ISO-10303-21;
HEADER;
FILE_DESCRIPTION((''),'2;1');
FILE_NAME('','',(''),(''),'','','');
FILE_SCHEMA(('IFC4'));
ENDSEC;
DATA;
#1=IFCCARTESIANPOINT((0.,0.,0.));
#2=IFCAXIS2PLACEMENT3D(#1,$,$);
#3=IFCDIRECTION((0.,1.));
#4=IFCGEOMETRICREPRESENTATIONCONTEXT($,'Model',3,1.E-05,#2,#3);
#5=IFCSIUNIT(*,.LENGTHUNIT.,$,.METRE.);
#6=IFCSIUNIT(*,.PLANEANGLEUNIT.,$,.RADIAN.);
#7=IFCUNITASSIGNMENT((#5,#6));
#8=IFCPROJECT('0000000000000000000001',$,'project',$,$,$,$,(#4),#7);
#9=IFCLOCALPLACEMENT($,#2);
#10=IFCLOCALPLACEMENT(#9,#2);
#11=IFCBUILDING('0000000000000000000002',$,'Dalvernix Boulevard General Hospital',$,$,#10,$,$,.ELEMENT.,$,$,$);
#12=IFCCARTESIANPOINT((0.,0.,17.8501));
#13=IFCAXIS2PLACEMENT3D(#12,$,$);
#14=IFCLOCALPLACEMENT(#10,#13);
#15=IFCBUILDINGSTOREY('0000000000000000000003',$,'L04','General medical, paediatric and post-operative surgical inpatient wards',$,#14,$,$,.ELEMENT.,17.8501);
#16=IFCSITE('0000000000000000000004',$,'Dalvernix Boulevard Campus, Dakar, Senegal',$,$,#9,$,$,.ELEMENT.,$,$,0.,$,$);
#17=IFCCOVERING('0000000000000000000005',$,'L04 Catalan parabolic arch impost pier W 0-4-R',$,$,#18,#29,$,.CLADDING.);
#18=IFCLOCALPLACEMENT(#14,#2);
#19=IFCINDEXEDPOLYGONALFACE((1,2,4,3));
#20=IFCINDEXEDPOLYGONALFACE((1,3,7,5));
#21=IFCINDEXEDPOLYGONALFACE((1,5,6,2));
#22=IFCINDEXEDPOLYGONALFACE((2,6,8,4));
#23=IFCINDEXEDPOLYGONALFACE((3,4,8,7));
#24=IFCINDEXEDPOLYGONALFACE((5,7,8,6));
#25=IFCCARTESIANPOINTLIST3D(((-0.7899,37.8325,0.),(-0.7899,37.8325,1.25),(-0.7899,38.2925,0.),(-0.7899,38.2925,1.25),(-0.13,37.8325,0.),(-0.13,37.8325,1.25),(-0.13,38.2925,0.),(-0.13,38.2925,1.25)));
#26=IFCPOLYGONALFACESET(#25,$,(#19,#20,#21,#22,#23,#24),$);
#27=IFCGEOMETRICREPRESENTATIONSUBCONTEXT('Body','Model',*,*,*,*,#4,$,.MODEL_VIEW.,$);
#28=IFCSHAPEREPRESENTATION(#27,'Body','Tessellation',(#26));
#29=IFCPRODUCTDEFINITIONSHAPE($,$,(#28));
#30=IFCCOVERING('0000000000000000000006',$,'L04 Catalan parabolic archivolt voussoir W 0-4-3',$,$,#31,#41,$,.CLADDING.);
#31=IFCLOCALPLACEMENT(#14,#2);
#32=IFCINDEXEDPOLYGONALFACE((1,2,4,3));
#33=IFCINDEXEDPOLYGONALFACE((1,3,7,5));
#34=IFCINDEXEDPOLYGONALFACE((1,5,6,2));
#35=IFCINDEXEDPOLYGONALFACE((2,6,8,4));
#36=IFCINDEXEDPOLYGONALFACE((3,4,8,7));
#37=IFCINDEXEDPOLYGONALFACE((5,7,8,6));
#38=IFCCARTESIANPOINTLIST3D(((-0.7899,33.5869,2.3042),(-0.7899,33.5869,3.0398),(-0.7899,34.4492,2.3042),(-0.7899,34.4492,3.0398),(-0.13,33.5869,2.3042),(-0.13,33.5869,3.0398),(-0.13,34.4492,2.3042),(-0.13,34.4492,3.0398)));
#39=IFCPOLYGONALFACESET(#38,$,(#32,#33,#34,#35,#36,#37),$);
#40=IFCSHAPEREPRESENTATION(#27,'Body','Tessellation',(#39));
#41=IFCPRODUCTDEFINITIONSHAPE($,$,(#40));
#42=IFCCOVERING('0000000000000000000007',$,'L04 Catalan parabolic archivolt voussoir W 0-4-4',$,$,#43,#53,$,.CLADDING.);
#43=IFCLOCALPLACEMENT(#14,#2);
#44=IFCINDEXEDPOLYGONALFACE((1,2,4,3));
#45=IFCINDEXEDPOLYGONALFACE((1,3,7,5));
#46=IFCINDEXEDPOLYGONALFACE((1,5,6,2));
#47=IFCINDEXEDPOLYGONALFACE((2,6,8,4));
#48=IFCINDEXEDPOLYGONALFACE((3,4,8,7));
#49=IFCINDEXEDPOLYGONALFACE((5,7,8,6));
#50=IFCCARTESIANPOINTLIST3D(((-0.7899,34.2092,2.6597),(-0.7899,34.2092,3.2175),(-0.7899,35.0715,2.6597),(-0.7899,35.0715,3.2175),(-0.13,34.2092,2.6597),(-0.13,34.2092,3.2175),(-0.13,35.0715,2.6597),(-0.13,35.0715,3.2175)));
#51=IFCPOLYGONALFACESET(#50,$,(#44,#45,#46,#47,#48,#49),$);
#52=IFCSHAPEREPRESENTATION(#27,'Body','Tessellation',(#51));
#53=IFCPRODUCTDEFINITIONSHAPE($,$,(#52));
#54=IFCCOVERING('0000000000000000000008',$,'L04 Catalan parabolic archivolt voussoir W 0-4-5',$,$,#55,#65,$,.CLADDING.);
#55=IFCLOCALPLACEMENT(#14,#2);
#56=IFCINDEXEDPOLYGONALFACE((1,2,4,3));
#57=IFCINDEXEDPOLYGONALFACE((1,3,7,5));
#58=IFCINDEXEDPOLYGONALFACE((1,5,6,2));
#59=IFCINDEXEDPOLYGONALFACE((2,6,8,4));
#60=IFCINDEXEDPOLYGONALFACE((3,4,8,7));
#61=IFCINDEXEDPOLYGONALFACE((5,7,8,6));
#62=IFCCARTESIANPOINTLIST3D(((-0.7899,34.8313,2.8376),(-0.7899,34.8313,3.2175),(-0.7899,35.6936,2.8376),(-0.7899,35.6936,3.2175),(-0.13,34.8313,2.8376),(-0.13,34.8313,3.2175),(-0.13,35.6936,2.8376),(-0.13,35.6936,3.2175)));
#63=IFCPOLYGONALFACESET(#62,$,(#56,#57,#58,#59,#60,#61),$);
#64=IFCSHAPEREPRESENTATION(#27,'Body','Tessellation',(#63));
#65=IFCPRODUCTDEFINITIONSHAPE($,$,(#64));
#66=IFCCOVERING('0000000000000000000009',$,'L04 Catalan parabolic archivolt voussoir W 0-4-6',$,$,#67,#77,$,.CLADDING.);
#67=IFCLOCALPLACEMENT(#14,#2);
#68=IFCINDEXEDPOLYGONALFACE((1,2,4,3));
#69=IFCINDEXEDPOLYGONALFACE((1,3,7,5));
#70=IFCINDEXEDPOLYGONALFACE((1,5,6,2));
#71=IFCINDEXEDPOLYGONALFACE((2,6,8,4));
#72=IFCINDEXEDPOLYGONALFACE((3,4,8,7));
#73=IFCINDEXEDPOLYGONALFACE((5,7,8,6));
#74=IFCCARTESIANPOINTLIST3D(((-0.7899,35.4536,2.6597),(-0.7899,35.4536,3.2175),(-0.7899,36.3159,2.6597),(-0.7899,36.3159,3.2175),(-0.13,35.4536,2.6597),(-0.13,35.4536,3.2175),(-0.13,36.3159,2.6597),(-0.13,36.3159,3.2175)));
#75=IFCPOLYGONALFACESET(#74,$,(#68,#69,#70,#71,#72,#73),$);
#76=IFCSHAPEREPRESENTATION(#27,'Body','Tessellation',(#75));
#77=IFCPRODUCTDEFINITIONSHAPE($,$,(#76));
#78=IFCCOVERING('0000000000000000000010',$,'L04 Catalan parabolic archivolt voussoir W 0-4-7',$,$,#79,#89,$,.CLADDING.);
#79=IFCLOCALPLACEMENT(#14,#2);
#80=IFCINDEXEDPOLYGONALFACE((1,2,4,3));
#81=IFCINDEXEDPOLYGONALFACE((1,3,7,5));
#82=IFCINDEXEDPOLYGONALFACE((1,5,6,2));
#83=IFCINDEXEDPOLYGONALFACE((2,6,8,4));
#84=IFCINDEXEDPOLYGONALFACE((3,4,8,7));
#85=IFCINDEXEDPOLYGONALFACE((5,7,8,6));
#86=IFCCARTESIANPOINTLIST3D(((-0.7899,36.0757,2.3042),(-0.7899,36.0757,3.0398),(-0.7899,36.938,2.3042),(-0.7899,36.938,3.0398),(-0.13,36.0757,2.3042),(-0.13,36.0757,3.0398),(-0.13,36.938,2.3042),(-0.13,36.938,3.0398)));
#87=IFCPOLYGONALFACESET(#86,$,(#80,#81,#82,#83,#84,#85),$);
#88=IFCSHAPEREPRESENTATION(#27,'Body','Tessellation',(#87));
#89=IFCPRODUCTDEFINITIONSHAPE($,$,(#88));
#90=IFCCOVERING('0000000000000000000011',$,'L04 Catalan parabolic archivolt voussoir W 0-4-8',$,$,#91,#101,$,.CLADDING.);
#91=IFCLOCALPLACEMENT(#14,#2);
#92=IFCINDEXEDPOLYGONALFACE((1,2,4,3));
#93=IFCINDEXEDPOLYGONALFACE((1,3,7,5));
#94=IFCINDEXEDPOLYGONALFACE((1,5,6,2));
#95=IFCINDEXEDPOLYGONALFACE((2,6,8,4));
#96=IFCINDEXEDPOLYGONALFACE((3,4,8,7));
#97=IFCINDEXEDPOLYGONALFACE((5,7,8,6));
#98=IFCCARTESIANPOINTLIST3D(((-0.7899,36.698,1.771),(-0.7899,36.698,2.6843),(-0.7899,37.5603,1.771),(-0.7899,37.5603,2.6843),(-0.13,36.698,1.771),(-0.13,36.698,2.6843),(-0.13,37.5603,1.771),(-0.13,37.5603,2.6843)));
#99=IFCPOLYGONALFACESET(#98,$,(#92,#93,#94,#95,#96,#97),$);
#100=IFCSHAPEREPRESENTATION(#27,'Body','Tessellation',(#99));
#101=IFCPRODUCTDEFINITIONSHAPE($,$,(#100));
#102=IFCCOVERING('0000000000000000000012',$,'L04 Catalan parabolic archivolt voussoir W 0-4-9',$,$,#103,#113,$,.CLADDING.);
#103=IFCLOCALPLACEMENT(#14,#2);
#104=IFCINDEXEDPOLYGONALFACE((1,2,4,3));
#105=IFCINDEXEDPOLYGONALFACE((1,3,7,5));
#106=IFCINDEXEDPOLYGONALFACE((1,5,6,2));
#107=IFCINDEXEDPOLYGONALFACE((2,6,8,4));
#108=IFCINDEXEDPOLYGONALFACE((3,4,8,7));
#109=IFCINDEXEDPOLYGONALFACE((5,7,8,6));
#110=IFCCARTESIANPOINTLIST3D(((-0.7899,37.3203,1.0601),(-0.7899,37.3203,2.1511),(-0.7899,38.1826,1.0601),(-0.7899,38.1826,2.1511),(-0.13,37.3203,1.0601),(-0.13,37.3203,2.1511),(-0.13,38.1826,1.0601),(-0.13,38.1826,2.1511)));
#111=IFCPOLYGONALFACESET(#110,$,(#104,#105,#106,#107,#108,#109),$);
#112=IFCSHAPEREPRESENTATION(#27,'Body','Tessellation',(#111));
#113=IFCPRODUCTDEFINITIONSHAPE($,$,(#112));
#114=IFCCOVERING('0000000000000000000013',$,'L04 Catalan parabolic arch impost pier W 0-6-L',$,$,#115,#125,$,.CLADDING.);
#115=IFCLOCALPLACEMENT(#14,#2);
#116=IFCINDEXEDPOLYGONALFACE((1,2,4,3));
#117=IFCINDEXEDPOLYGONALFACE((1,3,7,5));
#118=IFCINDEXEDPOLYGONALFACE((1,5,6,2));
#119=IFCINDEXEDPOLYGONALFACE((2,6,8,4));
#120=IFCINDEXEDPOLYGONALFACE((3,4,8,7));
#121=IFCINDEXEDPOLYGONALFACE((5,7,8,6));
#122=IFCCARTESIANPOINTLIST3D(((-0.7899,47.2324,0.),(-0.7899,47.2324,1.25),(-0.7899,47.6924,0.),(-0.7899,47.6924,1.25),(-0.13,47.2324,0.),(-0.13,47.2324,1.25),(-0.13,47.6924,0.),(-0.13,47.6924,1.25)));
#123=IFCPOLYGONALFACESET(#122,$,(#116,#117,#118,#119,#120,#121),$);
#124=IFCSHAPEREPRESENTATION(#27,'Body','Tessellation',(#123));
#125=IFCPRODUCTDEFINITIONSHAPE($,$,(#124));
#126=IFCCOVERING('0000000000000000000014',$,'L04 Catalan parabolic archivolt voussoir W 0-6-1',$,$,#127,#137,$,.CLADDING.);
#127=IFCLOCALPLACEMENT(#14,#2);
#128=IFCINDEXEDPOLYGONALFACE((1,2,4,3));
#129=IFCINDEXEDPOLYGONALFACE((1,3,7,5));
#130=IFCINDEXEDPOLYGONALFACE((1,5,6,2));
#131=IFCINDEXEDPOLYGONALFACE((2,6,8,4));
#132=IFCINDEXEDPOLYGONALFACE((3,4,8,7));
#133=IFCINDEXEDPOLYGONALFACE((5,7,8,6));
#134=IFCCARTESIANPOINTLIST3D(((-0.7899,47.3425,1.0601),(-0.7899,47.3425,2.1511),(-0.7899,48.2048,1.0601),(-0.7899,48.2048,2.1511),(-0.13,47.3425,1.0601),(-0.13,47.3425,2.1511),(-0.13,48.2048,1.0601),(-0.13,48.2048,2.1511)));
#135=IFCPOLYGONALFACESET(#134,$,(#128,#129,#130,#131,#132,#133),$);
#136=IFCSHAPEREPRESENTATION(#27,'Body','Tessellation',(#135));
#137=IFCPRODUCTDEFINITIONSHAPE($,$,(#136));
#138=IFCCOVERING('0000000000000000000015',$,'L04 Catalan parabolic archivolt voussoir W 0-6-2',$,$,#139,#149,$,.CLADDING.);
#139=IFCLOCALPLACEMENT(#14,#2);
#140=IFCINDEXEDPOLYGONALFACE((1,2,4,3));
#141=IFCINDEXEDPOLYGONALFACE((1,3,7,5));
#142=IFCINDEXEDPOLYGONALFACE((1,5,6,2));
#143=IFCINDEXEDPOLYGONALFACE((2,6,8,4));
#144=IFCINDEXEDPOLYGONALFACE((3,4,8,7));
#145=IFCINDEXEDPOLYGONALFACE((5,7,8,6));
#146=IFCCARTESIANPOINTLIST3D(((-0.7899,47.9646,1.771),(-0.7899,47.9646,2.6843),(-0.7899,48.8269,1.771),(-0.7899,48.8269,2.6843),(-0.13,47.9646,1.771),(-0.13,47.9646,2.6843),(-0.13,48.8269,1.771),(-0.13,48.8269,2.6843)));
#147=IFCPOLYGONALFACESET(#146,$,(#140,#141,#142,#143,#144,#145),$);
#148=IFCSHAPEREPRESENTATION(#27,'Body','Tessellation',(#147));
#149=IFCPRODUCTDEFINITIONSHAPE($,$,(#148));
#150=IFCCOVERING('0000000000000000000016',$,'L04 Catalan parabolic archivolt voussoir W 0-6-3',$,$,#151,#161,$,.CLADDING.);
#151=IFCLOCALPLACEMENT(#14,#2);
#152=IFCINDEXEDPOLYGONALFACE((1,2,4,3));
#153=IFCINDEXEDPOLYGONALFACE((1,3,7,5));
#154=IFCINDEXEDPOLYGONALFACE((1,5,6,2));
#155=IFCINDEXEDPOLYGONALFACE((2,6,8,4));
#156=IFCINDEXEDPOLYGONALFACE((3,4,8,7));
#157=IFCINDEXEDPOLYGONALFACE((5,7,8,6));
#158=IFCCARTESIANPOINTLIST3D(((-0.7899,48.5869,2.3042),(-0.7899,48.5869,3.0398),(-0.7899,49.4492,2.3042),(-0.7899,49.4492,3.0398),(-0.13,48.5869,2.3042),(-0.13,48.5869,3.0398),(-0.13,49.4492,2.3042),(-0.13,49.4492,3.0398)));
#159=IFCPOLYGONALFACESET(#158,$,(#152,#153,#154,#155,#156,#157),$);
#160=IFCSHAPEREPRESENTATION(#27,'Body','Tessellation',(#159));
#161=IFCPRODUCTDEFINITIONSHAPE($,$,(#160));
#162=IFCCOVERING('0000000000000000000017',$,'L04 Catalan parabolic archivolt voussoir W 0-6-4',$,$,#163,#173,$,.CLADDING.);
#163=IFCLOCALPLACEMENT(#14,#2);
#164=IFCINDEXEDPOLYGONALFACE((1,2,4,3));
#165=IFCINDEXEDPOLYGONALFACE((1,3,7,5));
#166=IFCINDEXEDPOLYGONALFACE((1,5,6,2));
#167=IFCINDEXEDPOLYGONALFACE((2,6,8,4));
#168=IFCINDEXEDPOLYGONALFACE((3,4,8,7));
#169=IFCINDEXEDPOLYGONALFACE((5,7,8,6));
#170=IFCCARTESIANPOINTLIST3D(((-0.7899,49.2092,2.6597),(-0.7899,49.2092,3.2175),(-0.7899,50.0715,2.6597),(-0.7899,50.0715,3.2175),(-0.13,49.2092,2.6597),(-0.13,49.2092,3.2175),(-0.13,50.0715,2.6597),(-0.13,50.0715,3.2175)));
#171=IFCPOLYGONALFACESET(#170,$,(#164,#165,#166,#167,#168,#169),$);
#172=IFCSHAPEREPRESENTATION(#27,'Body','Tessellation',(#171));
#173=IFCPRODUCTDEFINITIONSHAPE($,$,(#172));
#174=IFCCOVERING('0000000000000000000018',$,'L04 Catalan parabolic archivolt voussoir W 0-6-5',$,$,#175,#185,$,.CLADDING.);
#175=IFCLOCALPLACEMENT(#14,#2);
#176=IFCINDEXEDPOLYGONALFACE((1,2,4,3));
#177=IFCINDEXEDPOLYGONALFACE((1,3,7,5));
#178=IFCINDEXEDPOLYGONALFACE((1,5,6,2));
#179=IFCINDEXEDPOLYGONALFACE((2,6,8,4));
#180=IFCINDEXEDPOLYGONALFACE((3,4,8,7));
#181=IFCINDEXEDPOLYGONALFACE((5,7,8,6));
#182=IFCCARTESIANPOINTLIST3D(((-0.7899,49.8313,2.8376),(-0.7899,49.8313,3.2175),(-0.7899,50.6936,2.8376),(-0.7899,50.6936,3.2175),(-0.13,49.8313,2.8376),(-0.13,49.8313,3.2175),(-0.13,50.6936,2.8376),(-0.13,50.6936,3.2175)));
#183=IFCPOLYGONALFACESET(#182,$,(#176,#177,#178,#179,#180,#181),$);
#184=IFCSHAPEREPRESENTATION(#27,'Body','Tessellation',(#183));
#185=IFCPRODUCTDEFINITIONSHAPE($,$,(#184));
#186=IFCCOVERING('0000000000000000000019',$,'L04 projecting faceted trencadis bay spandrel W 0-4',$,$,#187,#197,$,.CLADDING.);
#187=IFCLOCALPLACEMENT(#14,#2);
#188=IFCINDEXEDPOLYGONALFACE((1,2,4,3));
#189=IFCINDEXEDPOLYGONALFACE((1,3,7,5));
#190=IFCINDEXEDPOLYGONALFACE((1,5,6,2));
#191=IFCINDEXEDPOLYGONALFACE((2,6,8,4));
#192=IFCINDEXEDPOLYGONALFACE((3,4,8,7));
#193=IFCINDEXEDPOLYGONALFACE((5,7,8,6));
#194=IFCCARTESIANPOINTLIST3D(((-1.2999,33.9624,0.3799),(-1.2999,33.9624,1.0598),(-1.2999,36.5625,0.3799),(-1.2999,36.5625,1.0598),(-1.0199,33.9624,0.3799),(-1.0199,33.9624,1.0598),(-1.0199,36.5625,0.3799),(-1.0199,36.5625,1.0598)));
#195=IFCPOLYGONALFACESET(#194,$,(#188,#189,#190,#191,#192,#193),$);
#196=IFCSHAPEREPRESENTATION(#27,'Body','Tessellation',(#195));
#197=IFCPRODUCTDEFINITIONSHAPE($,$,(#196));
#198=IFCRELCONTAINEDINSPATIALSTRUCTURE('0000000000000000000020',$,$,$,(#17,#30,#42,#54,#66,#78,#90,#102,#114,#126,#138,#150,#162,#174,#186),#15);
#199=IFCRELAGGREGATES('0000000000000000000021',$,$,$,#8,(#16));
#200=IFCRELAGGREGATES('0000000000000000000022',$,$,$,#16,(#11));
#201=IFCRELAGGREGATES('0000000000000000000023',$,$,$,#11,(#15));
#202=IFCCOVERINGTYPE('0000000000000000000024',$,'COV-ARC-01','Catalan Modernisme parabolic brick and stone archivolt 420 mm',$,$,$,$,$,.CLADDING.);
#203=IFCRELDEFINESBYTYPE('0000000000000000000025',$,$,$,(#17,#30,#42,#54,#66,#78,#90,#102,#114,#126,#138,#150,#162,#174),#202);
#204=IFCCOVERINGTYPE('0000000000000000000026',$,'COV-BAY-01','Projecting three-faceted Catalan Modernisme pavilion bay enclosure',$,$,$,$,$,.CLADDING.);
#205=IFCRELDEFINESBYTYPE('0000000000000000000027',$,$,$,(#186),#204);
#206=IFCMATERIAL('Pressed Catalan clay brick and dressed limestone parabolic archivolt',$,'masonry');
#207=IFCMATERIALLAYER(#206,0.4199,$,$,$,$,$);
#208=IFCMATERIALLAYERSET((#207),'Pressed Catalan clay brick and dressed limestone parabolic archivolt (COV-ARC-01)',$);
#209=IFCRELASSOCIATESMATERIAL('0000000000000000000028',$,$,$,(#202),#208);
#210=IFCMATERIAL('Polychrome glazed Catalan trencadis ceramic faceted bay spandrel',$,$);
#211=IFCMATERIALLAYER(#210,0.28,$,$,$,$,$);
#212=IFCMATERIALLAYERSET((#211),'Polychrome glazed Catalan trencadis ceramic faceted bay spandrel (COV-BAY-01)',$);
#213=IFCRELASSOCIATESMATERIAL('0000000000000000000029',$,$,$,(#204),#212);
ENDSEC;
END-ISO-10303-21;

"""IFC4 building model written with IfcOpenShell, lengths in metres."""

from ifc_helpers import new_model, si_unit, direction, frame, origin, origin_2d, place, context, subcontext, project, spatial, rectangle, extrude, material, layer, layer_set, type_object, element, save


model = new_model("IFC4")

# Units and contexts
model_context = context("Model", 3, precision=1e-05, world=origin(), true_north=direction((0.0, 1.0)))
body_context = subcontext(model_context, "Body", "Model", "MODEL_VIEW")
ifc_project = project(units=[si_unit("LENGTHUNIT", "METRE"), si_unit("PLANEANGLEUNIT", "RADIAN")], contexts=[model_context])

# Site, building, storey
site_placement = place(None, origin())
site = spatial("IfcSite", under=ifc_project, at=site_placement, Name="Dalvernix Boulevard Campus, Dakar, Senegal", CompositionType="ELEMENT", RefElevation=0.0)
building_placement = place(site_placement, origin())
building = spatial("IfcBuilding", under=site, at=building_placement, Name="Dalvernix Boulevard General Hospital", CompositionType="ELEMENT")
storey_placement = place(building_placement, frame((0.0, 0.0, 17.8501)))
storey = spatial("IfcBuildingStorey", under=building, at=storey_placement, Name="L04", Description="General medical, paediatric and post-operative surgical inpatient wards", CompositionType="ELEMENT", Elevation=17.8501)

# Coverings
ifc_material_1 = material(Name="Pressed Catalan clay brick and dressed limestone parabolic archivolt", Category="masonry")
ifc_layer_1 = layer(ifc_material_1, 0.4199)
ifc_layer_set_1 = layer_set([ifc_layer_1], Name="Pressed Catalan clay brick and dressed limestone parabolic archivolt (COV-ARC-01)")
covering_type_1 = type_object("IfcCoveringType", Name="COV-ARC-01", Description="Catalan Modernisme parabolic brick and stone archivolt 420 mm", PredefinedType="CLADDING", material=ifc_layer_set_1)
covering_1_placement = place(storey_placement, frame((-0.46, 38.0625, 0.0), z_axis=(0.0, 0.0, 1.0), x_axis=(0.0, 1.0, 0.0)))
element("IfcCovering", 1, at=covering_1_placement, inside=storey, type_object=covering_type_1, Name="L04 Catalan parabolic arch impost pier W 0-4-R", PredefinedType="CLADDING", context=body_context, shape_type="SweptSolid", body=[
    extrude(rectangle(XDim=0.46, YDim=0.6599, at=origin_2d()), origin(), (0.0, 0.0, 1.0), 1.25),
])
covering_2_placement = place(storey_placement, frame((-0.46, 34.0181, 2.3042), z_axis=(0.0, 0.0, 1.0), x_axis=(0.0, 1.0, 0.0)))
element("IfcCovering", 2, at=covering_2_placement, inside=storey, type_object=covering_type_1, Name="L04 Catalan parabolic archivolt voussoir W 0-4-3", PredefinedType="CLADDING", context=body_context, shape_type="SweptSolid", body=[
    extrude(rectangle(XDim=0.8623, YDim=0.6599, at=origin_2d()), origin(), (0.0, 0.0, 1.0), 0.7356),
])
covering_3_placement = place(storey_placement, frame((-0.46, 34.6404, 2.6597), z_axis=(0.0, 0.0, 1.0), x_axis=(0.0, 1.0, 0.0)))
element("IfcCovering", 3, at=covering_3_placement, inside=storey, type_object=covering_type_1, Name="L04 Catalan parabolic archivolt voussoir W 0-4-4", PredefinedType="CLADDING", context=body_context, shape_type="SweptSolid", body=[
    extrude(rectangle(XDim=0.8623, YDim=0.6599, at=origin_2d()), origin(), (0.0, 0.0, 1.0), 0.5579),
])
covering_4_placement = place(storey_placement, frame((-0.46, 35.2625, 2.8376), z_axis=(0.0, 0.0, 1.0), x_axis=(0.0, 1.0, 0.0)))
element("IfcCovering", 4, at=covering_4_placement, inside=storey, type_object=covering_type_1, Name="L04 Catalan parabolic archivolt voussoir W 0-4-5", PredefinedType="CLADDING", context=body_context, shape_type="SweptSolid", body=[
    extrude(rectangle(XDim=0.8623, YDim=0.6599, at=origin_2d()), origin(), (0.0, 0.0, 1.0), 0.3799),
])
covering_5_placement = place(storey_placement, frame((-0.46, 35.8848, 2.6597), z_axis=(0.0, 0.0, 1.0), x_axis=(0.0, 1.0, 0.0)))
element("IfcCovering", 5, at=covering_5_placement, inside=storey, type_object=covering_type_1, Name="L04 Catalan parabolic archivolt voussoir W 0-4-6", PredefinedType="CLADDING", context=body_context, shape_type="SweptSolid", body=[
    extrude(rectangle(XDim=0.8623, YDim=0.6599, at=origin_2d()), origin(), (0.0, 0.0, 1.0), 0.5579),
])
covering_6_placement = place(storey_placement, frame((-0.46, 36.5068, 2.3042), z_axis=(0.0, 0.0, 1.0), x_axis=(0.0, 1.0, 0.0)))
element("IfcCovering", 6, at=covering_6_placement, inside=storey, type_object=covering_type_1, Name="L04 Catalan parabolic archivolt voussoir W 0-4-7", PredefinedType="CLADDING", context=body_context, shape_type="SweptSolid", body=[
    extrude(rectangle(XDim=0.8623, YDim=0.6599, at=origin_2d()), origin(), (0.0, 0.0, 1.0), 0.7356),
])
covering_7_placement = place(storey_placement, frame((-0.46, 37.1292, 1.771), z_axis=(0.0, 0.0, 1.0), x_axis=(0.0, 1.0, 0.0)))
element("IfcCovering", 7, at=covering_7_placement, inside=storey, type_object=covering_type_1, Name="L04 Catalan parabolic archivolt voussoir W 0-4-8", PredefinedType="CLADDING", context=body_context, shape_type="SweptSolid", body=[
    extrude(rectangle(XDim=0.8623, YDim=0.6599, at=origin_2d()), origin(), (0.0, 0.0, 1.0), 0.9133),
])
covering_8_placement = place(storey_placement, frame((-0.46, 37.7515, 1.0601), z_axis=(0.0, 0.0, 1.0), x_axis=(0.0, 1.0, 0.0)))
element("IfcCovering", 8, at=covering_8_placement, inside=storey, type_object=covering_type_1, Name="L04 Catalan parabolic archivolt voussoir W 0-4-9", PredefinedType="CLADDING", context=body_context, shape_type="SweptSolid", body=[
    extrude(rectangle(XDim=0.8623, YDim=0.6599, at=origin_2d()), origin(), (0.0, 0.0, 1.0), 1.0911),
])
covering_9_placement = place(storey_placement, frame((-0.46, 47.4624, 0.0), z_axis=(0.0, 0.0, 1.0), x_axis=(0.0, 1.0, 0.0)))
element("IfcCovering", 9, at=covering_9_placement, inside=storey, type_object=covering_type_1, Name="L04 Catalan parabolic arch impost pier W 0-6-L", PredefinedType="CLADDING", context=body_context, shape_type="SweptSolid", body=[
    extrude(rectangle(XDim=0.46, YDim=0.6599, at=origin_2d()), origin(), (0.0, 0.0, 1.0), 1.25),
])
covering_10_placement = place(storey_placement, frame((-0.46, 47.7737, 1.0601), z_axis=(0.0, 0.0, 1.0), x_axis=(0.0, 1.0, 0.0)))
element("IfcCovering", 10, at=covering_10_placement, inside=storey, type_object=covering_type_1, Name="L04 Catalan parabolic archivolt voussoir W 0-6-1", PredefinedType="CLADDING", context=body_context, shape_type="SweptSolid", body=[
    extrude(rectangle(XDim=0.8623, YDim=0.6599, at=origin_2d()), origin(), (0.0, 0.0, 1.0), 1.0911),
])
covering_11_placement = place(storey_placement, frame((-0.46, 48.3958, 1.771), z_axis=(0.0, 0.0, 1.0), x_axis=(0.0, 1.0, 0.0)))
element("IfcCovering", 11, at=covering_11_placement, inside=storey, type_object=covering_type_1, Name="L04 Catalan parabolic archivolt voussoir W 0-6-2", PredefinedType="CLADDING", context=body_context, shape_type="SweptSolid", body=[
    extrude(rectangle(XDim=0.8623, YDim=0.6599, at=origin_2d()), origin(), (0.0, 0.0, 1.0), 0.9133),
])
covering_12_placement = place(storey_placement, frame((-0.46, 49.0181, 2.3042), z_axis=(0.0, 0.0, 1.0), x_axis=(0.0, 1.0, 0.0)))
element("IfcCovering", 12, at=covering_12_placement, inside=storey, type_object=covering_type_1, Name="L04 Catalan parabolic archivolt voussoir W 0-6-3", PredefinedType="CLADDING", context=body_context, shape_type="SweptSolid", body=[
    extrude(rectangle(XDim=0.8623, YDim=0.6599, at=origin_2d()), origin(), (0.0, 0.0, 1.0), 0.7356),
])
covering_13_placement = place(storey_placement, frame((-0.46, 49.6404, 2.6597), z_axis=(0.0, 0.0, 1.0), x_axis=(0.0, 1.0, 0.0)))
element("IfcCovering", 13, at=covering_13_placement, inside=storey, type_object=covering_type_1, Name="L04 Catalan parabolic archivolt voussoir W 0-6-4", PredefinedType="CLADDING", context=body_context, shape_type="SweptSolid", body=[
    extrude(rectangle(XDim=0.8623, YDim=0.6599, at=origin_2d()), origin(), (0.0, 0.0, 1.0), 0.5579),
])
covering_14_placement = place(storey_placement, frame((-0.46, 50.2625, 2.8376), z_axis=(0.0, 0.0, 1.0), x_axis=(0.0, 1.0, 0.0)))
element("IfcCovering", 14, at=covering_14_placement, inside=storey, type_object=covering_type_1, Name="L04 Catalan parabolic archivolt voussoir W 0-6-5", PredefinedType="CLADDING", context=body_context, shape_type="SweptSolid", body=[
    extrude(rectangle(XDim=0.8623, YDim=0.6599, at=origin_2d()), origin(), (0.0, 0.0, 1.0), 0.3799),
])
ifc_material_2 = material(Name="Polychrome glazed Catalan trencadis ceramic faceted bay spandrel")
ifc_layer_2 = layer(ifc_material_2, 0.28)
ifc_layer_set_2 = layer_set([ifc_layer_2], Name="Polychrome glazed Catalan trencadis ceramic faceted bay spandrel (COV-BAY-01)")
covering_type_2 = type_object("IfcCoveringType", Name="COV-BAY-01", Description="Projecting three-faceted Catalan Modernisme pavilion bay enclosure", PredefinedType="CLADDING", material=ifc_layer_set_2)
covering_15_placement = place(storey_placement, frame((-1.1599, 35.2625, 0.3799), z_axis=(0.0, 0.0, 1.0), x_axis=(0.0, 1.0, 0.0)))
element("IfcCovering", 15, at=covering_15_placement, inside=storey, type_object=covering_type_2, Name="L04 projecting faceted trencadis bay spandrel W 0-4", PredefinedType="CLADDING", context=body_context, shape_type="SweptSolid", body=[
    extrude(rectangle(XDim=2.6001, YDim=0.28, at=origin_2d()), origin(), (0.0, 0.0, 1.0), 0.6799),
])

save(model, "model.ifc")
